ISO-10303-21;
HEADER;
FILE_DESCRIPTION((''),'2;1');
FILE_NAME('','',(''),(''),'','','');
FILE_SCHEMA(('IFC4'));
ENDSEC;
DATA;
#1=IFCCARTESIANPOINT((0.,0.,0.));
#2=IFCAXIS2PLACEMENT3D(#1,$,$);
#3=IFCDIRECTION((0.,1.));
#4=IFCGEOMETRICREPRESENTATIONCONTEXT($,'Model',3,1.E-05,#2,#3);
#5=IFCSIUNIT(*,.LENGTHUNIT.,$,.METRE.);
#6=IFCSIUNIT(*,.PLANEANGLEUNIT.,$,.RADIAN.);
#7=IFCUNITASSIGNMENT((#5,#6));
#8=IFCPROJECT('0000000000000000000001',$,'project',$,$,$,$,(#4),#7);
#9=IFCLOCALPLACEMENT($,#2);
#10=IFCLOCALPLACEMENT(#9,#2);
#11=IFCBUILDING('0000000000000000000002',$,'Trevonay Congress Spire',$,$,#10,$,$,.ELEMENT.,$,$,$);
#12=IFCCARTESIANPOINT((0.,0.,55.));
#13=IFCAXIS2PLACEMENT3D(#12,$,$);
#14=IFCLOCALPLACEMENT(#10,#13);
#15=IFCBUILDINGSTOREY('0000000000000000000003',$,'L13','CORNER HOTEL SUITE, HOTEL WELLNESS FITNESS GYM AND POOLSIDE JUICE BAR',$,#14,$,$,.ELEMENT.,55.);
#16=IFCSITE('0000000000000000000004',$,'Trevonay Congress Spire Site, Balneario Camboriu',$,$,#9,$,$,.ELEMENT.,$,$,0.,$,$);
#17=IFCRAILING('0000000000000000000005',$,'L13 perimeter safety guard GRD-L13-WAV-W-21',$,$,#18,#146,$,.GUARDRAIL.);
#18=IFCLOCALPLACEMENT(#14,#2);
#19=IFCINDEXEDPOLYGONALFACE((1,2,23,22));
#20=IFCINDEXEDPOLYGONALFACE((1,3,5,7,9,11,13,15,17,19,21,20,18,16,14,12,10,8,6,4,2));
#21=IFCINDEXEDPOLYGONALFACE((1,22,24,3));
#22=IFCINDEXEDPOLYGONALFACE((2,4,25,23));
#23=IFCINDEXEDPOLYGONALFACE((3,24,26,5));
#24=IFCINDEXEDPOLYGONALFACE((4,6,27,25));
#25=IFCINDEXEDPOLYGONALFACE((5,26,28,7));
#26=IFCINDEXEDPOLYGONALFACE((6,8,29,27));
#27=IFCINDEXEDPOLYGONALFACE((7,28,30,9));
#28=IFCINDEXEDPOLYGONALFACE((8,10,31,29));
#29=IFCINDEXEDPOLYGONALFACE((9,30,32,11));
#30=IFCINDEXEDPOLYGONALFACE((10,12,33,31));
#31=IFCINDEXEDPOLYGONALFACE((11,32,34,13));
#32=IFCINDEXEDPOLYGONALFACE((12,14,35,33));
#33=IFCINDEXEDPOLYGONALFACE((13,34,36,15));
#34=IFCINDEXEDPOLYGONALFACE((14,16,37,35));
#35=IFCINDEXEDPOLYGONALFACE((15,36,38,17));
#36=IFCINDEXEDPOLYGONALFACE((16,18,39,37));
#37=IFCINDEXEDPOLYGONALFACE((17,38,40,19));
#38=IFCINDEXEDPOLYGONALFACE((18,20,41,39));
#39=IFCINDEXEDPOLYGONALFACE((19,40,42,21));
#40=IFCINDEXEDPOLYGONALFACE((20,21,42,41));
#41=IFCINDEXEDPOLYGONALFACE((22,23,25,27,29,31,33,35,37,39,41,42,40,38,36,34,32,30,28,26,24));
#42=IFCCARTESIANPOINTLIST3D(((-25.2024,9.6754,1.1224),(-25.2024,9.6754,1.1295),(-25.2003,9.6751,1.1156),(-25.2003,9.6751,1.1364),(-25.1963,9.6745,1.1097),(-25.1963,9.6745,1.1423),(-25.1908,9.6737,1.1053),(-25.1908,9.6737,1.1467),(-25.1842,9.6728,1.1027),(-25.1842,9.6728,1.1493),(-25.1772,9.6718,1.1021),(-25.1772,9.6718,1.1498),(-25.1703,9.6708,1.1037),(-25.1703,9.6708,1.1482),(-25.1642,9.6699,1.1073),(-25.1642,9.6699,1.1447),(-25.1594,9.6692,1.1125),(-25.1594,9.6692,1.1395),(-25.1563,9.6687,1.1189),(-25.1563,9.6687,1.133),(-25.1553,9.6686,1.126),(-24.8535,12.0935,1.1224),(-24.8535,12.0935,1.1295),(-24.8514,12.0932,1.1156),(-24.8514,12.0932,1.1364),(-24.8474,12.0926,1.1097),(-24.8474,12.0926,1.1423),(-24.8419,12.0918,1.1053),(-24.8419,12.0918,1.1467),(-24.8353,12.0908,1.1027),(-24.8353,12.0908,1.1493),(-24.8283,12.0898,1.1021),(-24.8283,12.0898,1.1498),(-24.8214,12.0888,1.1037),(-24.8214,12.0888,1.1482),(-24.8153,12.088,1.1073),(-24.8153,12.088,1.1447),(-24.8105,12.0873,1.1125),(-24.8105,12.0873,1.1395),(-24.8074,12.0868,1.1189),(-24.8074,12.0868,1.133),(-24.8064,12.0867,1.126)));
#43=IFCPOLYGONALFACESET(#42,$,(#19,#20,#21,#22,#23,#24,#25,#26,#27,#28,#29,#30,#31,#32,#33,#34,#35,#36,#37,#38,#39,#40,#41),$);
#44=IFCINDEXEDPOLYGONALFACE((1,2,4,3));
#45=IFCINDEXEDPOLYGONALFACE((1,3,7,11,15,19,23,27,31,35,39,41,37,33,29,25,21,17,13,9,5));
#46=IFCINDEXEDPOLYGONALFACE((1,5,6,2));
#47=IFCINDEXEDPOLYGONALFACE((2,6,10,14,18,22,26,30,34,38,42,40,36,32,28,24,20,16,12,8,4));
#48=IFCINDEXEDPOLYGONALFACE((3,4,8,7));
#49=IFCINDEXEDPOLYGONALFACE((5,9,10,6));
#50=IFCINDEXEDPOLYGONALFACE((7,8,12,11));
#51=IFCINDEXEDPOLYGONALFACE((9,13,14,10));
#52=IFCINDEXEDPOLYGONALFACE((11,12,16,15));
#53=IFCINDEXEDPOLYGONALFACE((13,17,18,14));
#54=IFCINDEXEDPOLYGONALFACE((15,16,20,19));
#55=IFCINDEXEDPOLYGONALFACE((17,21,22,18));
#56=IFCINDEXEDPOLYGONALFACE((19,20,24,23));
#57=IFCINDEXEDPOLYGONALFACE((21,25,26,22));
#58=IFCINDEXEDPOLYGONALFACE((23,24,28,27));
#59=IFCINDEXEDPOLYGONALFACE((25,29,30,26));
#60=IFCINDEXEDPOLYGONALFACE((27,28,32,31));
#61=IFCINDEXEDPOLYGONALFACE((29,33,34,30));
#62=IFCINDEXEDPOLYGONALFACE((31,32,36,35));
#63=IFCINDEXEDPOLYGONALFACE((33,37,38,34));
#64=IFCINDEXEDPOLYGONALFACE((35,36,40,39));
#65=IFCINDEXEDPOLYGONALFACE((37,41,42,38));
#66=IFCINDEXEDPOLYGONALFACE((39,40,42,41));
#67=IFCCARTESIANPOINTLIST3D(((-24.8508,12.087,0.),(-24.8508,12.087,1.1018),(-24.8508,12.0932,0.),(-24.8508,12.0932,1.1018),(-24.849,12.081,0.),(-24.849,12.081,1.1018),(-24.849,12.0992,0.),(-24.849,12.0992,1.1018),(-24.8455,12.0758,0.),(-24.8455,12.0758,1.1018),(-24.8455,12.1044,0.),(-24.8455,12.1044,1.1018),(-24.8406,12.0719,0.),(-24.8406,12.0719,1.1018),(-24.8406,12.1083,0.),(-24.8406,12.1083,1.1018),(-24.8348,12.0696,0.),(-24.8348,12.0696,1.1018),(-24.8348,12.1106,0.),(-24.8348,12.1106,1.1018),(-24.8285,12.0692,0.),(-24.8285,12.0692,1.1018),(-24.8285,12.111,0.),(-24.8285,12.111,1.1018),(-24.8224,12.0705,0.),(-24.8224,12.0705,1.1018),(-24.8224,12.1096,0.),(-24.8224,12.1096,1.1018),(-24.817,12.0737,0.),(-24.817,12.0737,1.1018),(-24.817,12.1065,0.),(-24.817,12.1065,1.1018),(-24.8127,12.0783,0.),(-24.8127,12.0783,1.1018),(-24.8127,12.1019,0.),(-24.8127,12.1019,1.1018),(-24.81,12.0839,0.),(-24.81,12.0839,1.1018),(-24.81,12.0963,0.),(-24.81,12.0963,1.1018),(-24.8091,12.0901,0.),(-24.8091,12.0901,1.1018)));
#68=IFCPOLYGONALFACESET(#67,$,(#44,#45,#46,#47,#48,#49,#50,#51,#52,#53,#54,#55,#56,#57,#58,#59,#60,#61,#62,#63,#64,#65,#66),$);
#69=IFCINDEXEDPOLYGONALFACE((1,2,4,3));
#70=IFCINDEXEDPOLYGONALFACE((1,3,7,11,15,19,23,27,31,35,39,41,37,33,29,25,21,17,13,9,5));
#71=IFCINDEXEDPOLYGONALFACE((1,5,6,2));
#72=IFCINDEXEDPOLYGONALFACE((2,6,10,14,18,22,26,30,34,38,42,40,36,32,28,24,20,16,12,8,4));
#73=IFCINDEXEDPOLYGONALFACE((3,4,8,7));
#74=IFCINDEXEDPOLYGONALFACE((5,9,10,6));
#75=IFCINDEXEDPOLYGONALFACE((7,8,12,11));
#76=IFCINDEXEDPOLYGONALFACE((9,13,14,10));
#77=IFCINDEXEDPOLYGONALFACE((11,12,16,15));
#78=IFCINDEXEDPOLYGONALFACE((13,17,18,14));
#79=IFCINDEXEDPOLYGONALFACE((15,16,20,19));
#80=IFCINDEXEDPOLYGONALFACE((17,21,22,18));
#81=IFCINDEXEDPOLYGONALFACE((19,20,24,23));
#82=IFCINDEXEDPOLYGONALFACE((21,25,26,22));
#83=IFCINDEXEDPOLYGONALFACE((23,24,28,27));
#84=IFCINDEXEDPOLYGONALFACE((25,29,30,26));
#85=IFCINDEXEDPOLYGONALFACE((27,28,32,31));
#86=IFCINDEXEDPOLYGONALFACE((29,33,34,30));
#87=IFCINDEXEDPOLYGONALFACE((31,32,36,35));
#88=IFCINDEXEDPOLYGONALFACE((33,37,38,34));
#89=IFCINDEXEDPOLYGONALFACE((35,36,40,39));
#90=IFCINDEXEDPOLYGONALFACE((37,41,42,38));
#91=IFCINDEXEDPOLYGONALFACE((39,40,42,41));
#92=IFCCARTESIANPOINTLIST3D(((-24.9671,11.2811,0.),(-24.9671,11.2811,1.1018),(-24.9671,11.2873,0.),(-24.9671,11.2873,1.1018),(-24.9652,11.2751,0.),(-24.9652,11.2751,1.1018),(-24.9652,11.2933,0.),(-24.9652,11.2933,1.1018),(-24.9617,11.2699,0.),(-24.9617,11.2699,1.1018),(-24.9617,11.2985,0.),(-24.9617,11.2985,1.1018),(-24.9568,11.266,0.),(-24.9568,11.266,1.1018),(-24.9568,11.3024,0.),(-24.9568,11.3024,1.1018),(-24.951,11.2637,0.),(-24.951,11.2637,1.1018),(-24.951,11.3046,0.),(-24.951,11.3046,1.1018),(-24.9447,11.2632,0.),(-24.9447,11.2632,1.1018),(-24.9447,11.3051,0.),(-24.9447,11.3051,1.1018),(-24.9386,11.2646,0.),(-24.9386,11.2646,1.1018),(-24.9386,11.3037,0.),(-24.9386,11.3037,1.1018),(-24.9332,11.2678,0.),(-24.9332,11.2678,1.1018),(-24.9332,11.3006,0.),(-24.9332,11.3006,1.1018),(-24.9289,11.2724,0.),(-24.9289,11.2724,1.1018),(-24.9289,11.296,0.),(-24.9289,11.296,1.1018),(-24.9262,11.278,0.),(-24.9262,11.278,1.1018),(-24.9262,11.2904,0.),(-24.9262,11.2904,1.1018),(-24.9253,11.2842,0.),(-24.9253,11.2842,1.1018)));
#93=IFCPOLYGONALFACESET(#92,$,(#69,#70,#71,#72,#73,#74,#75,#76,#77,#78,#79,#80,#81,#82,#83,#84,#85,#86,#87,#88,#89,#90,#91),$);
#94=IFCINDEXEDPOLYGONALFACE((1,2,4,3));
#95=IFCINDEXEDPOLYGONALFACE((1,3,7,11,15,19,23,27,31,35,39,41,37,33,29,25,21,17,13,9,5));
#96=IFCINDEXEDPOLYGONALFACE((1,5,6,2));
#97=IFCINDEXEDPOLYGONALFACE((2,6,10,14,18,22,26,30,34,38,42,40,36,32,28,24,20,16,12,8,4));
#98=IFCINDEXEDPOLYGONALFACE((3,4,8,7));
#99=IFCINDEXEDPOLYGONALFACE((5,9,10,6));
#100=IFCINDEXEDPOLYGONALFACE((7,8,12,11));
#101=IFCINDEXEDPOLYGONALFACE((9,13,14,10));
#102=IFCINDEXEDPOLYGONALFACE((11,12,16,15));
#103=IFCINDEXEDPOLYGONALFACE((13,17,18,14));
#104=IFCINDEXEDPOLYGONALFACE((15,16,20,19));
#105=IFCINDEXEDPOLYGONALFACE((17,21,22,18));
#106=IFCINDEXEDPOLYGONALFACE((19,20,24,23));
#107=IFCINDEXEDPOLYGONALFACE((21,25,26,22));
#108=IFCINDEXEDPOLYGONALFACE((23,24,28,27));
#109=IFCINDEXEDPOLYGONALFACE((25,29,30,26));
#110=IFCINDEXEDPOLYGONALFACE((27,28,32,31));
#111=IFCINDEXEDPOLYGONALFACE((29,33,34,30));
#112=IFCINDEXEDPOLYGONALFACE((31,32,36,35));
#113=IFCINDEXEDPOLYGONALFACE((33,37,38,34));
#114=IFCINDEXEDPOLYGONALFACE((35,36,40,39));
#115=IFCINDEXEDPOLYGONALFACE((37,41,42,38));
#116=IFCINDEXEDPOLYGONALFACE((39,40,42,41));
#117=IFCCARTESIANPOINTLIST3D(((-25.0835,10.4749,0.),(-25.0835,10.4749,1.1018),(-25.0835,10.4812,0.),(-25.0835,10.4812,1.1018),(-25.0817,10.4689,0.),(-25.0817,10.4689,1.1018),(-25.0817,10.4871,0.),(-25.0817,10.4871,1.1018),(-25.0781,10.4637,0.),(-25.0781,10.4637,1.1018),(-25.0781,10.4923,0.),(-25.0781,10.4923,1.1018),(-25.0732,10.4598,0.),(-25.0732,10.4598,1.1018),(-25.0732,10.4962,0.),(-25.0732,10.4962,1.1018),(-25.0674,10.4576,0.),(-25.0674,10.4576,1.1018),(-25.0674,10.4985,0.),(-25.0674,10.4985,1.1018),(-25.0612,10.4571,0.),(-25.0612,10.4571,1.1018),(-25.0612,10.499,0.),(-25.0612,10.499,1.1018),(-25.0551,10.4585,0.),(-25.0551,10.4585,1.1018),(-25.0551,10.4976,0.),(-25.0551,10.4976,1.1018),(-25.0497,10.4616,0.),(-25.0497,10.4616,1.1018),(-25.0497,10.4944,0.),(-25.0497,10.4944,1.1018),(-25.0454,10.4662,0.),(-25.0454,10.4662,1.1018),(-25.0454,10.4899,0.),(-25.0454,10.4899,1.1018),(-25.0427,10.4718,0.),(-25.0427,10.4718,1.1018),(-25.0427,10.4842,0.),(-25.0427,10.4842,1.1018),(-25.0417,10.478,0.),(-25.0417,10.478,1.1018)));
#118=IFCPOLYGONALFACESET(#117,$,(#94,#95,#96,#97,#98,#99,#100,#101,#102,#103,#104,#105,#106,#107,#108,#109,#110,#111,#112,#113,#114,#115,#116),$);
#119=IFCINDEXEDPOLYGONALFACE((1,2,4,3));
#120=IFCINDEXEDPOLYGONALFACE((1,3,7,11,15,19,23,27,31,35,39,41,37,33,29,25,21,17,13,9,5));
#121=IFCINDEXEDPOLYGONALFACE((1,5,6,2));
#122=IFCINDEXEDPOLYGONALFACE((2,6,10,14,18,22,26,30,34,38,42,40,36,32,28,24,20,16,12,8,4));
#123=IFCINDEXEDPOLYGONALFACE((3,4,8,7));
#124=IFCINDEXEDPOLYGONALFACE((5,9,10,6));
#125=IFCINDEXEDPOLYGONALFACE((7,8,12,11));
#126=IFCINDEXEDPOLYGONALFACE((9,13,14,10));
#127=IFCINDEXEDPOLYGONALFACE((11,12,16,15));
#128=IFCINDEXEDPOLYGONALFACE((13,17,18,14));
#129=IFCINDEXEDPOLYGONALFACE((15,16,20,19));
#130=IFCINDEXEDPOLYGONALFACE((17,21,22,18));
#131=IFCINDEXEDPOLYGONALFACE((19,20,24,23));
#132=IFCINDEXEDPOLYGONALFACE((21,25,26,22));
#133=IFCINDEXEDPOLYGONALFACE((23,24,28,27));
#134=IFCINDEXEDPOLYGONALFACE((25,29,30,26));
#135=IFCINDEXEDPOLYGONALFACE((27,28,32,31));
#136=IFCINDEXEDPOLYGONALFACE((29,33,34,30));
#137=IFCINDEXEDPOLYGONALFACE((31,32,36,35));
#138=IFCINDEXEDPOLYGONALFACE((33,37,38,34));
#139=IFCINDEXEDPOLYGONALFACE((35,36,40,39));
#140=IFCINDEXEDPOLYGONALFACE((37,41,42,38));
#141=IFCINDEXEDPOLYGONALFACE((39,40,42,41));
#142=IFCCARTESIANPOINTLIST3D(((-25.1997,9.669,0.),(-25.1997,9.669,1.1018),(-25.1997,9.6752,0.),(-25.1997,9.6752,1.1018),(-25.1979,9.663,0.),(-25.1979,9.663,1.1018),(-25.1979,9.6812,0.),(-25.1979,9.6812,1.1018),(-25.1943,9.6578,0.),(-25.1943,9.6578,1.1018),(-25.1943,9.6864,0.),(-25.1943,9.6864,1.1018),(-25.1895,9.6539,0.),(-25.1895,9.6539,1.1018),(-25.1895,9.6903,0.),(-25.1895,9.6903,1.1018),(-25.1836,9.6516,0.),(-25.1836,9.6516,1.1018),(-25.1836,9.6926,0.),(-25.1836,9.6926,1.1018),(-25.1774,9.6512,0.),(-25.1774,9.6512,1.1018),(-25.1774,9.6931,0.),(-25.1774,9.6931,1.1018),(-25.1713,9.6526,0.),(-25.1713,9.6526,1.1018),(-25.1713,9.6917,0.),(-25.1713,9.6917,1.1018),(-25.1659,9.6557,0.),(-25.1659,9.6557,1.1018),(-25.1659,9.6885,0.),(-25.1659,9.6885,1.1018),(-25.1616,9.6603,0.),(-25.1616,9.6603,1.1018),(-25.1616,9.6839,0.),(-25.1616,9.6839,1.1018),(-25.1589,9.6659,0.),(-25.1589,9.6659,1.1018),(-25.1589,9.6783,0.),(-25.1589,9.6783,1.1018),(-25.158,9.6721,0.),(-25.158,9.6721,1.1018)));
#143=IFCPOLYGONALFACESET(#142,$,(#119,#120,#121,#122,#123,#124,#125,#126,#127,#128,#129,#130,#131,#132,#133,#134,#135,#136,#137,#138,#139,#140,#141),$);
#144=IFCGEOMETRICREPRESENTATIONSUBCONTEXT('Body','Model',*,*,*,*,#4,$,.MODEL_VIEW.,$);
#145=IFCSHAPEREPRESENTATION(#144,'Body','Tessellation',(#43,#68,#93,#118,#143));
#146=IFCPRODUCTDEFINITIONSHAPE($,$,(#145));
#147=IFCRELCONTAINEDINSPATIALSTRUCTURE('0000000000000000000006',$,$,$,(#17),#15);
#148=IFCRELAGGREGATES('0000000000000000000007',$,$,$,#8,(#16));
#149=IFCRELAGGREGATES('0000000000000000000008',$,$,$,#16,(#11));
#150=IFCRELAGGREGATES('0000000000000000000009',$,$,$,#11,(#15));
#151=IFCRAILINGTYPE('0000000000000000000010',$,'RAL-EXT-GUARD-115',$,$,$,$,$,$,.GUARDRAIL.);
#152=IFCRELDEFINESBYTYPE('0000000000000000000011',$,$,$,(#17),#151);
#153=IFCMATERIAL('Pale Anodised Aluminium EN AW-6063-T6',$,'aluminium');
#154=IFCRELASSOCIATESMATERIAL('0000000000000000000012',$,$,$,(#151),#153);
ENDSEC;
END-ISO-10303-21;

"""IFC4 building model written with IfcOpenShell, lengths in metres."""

from ifc_helpers import new_model, si_unit, direction, frame, origin, origin_2d, place, context, subcontext, project, spatial, circle, extrude, material, type_object, element, save


model = new_model("IFC4")

# Units and contexts
model_context = context("Model", 3, precision=1e-05, world=origin(), true_north=direction((0.0, 1.0)))
body_context = subcontext(model_context, "Body", "Model", "MODEL_VIEW")
ifc_project = project(units=[si_unit("LENGTHUNIT", "METRE"), si_unit("PLANEANGLEUNIT", "RADIAN")], contexts=[model_context])

# Site, building, storey
site_placement = place(None, origin())
site = spatial("IfcSite", under=ifc_project, at=site_placement, Name="Trevonay Congress Spire Site, Balneario Camboriu", CompositionType="ELEMENT", RefElevation=0.0)
building_placement = place(site_placement, origin())
building = spatial("IfcBuilding", under=site, at=building_placement, Name="Trevonay Congress Spire", CompositionType="ELEMENT")
storey_placement = place(building_placement, frame((0.0, 0.0, 55.0)))
storey = spatial("IfcBuildingStorey", under=building, at=storey_placement, Name="L13", Description="CORNER HOTEL SUITE, HOTEL WELLNESS FITNESS GYM AND POOLSIDE JUICE BAR", CompositionType="ELEMENT", Elevation=55.0)

# Shared definitions
ifc_material_1 = material(Name="Pale Anodised Aluminium EN AW-6063-T6", Category="aluminium")

# Railing
railing_type = type_object("IfcRailingType", Name="RAL-EXT-GUARD-115", PredefinedType="GUARDRAIL", material=ifc_material_1)
railing_1_placement = place(storey_placement, frame((-24.8301, 12.0901, 0.0)))
element("IfcRailing", 1, at=railing_1_placement, inside=storey, type_object=railing_type, Name="L13 perimeter safety guard GRD-L13-WAV-W-21", PredefinedType="GUARDRAIL", context=body_context, shape_type="SweptSolid", body=[
    extrude(circle(Radius=0.0239, at=origin_2d()), frame((0.0, 0.0, 1.126), z_axis=(-0.142806, -0.989751, 0.0), x_axis=(0.989751, -0.142806, 0.0)), (0.0, 0.0, 1.0), 2.4431),
    extrude(circle(Radius=0.021, at=origin_2d()), origin(), (0.0, 0.0, 1.0), 1.1018),
    extrude(circle(Radius=0.021, at=origin_2d()), frame((-0.1162, -0.8059, 0.0)), (0.0, 0.0, 1.0), 1.1018),
    extrude(circle(Radius=0.021, at=origin_2d()), frame((-0.2327, -1.6121, 0.0)), (0.0, 0.0, 1.0), 1.1018),
    extrude(circle(Radius=0.021, at=origin_2d()), frame((-0.3489, -2.418, 0.0)), (0.0, 0.0, 1.0), 1.1018),
])

save(model, "model.ifc")
